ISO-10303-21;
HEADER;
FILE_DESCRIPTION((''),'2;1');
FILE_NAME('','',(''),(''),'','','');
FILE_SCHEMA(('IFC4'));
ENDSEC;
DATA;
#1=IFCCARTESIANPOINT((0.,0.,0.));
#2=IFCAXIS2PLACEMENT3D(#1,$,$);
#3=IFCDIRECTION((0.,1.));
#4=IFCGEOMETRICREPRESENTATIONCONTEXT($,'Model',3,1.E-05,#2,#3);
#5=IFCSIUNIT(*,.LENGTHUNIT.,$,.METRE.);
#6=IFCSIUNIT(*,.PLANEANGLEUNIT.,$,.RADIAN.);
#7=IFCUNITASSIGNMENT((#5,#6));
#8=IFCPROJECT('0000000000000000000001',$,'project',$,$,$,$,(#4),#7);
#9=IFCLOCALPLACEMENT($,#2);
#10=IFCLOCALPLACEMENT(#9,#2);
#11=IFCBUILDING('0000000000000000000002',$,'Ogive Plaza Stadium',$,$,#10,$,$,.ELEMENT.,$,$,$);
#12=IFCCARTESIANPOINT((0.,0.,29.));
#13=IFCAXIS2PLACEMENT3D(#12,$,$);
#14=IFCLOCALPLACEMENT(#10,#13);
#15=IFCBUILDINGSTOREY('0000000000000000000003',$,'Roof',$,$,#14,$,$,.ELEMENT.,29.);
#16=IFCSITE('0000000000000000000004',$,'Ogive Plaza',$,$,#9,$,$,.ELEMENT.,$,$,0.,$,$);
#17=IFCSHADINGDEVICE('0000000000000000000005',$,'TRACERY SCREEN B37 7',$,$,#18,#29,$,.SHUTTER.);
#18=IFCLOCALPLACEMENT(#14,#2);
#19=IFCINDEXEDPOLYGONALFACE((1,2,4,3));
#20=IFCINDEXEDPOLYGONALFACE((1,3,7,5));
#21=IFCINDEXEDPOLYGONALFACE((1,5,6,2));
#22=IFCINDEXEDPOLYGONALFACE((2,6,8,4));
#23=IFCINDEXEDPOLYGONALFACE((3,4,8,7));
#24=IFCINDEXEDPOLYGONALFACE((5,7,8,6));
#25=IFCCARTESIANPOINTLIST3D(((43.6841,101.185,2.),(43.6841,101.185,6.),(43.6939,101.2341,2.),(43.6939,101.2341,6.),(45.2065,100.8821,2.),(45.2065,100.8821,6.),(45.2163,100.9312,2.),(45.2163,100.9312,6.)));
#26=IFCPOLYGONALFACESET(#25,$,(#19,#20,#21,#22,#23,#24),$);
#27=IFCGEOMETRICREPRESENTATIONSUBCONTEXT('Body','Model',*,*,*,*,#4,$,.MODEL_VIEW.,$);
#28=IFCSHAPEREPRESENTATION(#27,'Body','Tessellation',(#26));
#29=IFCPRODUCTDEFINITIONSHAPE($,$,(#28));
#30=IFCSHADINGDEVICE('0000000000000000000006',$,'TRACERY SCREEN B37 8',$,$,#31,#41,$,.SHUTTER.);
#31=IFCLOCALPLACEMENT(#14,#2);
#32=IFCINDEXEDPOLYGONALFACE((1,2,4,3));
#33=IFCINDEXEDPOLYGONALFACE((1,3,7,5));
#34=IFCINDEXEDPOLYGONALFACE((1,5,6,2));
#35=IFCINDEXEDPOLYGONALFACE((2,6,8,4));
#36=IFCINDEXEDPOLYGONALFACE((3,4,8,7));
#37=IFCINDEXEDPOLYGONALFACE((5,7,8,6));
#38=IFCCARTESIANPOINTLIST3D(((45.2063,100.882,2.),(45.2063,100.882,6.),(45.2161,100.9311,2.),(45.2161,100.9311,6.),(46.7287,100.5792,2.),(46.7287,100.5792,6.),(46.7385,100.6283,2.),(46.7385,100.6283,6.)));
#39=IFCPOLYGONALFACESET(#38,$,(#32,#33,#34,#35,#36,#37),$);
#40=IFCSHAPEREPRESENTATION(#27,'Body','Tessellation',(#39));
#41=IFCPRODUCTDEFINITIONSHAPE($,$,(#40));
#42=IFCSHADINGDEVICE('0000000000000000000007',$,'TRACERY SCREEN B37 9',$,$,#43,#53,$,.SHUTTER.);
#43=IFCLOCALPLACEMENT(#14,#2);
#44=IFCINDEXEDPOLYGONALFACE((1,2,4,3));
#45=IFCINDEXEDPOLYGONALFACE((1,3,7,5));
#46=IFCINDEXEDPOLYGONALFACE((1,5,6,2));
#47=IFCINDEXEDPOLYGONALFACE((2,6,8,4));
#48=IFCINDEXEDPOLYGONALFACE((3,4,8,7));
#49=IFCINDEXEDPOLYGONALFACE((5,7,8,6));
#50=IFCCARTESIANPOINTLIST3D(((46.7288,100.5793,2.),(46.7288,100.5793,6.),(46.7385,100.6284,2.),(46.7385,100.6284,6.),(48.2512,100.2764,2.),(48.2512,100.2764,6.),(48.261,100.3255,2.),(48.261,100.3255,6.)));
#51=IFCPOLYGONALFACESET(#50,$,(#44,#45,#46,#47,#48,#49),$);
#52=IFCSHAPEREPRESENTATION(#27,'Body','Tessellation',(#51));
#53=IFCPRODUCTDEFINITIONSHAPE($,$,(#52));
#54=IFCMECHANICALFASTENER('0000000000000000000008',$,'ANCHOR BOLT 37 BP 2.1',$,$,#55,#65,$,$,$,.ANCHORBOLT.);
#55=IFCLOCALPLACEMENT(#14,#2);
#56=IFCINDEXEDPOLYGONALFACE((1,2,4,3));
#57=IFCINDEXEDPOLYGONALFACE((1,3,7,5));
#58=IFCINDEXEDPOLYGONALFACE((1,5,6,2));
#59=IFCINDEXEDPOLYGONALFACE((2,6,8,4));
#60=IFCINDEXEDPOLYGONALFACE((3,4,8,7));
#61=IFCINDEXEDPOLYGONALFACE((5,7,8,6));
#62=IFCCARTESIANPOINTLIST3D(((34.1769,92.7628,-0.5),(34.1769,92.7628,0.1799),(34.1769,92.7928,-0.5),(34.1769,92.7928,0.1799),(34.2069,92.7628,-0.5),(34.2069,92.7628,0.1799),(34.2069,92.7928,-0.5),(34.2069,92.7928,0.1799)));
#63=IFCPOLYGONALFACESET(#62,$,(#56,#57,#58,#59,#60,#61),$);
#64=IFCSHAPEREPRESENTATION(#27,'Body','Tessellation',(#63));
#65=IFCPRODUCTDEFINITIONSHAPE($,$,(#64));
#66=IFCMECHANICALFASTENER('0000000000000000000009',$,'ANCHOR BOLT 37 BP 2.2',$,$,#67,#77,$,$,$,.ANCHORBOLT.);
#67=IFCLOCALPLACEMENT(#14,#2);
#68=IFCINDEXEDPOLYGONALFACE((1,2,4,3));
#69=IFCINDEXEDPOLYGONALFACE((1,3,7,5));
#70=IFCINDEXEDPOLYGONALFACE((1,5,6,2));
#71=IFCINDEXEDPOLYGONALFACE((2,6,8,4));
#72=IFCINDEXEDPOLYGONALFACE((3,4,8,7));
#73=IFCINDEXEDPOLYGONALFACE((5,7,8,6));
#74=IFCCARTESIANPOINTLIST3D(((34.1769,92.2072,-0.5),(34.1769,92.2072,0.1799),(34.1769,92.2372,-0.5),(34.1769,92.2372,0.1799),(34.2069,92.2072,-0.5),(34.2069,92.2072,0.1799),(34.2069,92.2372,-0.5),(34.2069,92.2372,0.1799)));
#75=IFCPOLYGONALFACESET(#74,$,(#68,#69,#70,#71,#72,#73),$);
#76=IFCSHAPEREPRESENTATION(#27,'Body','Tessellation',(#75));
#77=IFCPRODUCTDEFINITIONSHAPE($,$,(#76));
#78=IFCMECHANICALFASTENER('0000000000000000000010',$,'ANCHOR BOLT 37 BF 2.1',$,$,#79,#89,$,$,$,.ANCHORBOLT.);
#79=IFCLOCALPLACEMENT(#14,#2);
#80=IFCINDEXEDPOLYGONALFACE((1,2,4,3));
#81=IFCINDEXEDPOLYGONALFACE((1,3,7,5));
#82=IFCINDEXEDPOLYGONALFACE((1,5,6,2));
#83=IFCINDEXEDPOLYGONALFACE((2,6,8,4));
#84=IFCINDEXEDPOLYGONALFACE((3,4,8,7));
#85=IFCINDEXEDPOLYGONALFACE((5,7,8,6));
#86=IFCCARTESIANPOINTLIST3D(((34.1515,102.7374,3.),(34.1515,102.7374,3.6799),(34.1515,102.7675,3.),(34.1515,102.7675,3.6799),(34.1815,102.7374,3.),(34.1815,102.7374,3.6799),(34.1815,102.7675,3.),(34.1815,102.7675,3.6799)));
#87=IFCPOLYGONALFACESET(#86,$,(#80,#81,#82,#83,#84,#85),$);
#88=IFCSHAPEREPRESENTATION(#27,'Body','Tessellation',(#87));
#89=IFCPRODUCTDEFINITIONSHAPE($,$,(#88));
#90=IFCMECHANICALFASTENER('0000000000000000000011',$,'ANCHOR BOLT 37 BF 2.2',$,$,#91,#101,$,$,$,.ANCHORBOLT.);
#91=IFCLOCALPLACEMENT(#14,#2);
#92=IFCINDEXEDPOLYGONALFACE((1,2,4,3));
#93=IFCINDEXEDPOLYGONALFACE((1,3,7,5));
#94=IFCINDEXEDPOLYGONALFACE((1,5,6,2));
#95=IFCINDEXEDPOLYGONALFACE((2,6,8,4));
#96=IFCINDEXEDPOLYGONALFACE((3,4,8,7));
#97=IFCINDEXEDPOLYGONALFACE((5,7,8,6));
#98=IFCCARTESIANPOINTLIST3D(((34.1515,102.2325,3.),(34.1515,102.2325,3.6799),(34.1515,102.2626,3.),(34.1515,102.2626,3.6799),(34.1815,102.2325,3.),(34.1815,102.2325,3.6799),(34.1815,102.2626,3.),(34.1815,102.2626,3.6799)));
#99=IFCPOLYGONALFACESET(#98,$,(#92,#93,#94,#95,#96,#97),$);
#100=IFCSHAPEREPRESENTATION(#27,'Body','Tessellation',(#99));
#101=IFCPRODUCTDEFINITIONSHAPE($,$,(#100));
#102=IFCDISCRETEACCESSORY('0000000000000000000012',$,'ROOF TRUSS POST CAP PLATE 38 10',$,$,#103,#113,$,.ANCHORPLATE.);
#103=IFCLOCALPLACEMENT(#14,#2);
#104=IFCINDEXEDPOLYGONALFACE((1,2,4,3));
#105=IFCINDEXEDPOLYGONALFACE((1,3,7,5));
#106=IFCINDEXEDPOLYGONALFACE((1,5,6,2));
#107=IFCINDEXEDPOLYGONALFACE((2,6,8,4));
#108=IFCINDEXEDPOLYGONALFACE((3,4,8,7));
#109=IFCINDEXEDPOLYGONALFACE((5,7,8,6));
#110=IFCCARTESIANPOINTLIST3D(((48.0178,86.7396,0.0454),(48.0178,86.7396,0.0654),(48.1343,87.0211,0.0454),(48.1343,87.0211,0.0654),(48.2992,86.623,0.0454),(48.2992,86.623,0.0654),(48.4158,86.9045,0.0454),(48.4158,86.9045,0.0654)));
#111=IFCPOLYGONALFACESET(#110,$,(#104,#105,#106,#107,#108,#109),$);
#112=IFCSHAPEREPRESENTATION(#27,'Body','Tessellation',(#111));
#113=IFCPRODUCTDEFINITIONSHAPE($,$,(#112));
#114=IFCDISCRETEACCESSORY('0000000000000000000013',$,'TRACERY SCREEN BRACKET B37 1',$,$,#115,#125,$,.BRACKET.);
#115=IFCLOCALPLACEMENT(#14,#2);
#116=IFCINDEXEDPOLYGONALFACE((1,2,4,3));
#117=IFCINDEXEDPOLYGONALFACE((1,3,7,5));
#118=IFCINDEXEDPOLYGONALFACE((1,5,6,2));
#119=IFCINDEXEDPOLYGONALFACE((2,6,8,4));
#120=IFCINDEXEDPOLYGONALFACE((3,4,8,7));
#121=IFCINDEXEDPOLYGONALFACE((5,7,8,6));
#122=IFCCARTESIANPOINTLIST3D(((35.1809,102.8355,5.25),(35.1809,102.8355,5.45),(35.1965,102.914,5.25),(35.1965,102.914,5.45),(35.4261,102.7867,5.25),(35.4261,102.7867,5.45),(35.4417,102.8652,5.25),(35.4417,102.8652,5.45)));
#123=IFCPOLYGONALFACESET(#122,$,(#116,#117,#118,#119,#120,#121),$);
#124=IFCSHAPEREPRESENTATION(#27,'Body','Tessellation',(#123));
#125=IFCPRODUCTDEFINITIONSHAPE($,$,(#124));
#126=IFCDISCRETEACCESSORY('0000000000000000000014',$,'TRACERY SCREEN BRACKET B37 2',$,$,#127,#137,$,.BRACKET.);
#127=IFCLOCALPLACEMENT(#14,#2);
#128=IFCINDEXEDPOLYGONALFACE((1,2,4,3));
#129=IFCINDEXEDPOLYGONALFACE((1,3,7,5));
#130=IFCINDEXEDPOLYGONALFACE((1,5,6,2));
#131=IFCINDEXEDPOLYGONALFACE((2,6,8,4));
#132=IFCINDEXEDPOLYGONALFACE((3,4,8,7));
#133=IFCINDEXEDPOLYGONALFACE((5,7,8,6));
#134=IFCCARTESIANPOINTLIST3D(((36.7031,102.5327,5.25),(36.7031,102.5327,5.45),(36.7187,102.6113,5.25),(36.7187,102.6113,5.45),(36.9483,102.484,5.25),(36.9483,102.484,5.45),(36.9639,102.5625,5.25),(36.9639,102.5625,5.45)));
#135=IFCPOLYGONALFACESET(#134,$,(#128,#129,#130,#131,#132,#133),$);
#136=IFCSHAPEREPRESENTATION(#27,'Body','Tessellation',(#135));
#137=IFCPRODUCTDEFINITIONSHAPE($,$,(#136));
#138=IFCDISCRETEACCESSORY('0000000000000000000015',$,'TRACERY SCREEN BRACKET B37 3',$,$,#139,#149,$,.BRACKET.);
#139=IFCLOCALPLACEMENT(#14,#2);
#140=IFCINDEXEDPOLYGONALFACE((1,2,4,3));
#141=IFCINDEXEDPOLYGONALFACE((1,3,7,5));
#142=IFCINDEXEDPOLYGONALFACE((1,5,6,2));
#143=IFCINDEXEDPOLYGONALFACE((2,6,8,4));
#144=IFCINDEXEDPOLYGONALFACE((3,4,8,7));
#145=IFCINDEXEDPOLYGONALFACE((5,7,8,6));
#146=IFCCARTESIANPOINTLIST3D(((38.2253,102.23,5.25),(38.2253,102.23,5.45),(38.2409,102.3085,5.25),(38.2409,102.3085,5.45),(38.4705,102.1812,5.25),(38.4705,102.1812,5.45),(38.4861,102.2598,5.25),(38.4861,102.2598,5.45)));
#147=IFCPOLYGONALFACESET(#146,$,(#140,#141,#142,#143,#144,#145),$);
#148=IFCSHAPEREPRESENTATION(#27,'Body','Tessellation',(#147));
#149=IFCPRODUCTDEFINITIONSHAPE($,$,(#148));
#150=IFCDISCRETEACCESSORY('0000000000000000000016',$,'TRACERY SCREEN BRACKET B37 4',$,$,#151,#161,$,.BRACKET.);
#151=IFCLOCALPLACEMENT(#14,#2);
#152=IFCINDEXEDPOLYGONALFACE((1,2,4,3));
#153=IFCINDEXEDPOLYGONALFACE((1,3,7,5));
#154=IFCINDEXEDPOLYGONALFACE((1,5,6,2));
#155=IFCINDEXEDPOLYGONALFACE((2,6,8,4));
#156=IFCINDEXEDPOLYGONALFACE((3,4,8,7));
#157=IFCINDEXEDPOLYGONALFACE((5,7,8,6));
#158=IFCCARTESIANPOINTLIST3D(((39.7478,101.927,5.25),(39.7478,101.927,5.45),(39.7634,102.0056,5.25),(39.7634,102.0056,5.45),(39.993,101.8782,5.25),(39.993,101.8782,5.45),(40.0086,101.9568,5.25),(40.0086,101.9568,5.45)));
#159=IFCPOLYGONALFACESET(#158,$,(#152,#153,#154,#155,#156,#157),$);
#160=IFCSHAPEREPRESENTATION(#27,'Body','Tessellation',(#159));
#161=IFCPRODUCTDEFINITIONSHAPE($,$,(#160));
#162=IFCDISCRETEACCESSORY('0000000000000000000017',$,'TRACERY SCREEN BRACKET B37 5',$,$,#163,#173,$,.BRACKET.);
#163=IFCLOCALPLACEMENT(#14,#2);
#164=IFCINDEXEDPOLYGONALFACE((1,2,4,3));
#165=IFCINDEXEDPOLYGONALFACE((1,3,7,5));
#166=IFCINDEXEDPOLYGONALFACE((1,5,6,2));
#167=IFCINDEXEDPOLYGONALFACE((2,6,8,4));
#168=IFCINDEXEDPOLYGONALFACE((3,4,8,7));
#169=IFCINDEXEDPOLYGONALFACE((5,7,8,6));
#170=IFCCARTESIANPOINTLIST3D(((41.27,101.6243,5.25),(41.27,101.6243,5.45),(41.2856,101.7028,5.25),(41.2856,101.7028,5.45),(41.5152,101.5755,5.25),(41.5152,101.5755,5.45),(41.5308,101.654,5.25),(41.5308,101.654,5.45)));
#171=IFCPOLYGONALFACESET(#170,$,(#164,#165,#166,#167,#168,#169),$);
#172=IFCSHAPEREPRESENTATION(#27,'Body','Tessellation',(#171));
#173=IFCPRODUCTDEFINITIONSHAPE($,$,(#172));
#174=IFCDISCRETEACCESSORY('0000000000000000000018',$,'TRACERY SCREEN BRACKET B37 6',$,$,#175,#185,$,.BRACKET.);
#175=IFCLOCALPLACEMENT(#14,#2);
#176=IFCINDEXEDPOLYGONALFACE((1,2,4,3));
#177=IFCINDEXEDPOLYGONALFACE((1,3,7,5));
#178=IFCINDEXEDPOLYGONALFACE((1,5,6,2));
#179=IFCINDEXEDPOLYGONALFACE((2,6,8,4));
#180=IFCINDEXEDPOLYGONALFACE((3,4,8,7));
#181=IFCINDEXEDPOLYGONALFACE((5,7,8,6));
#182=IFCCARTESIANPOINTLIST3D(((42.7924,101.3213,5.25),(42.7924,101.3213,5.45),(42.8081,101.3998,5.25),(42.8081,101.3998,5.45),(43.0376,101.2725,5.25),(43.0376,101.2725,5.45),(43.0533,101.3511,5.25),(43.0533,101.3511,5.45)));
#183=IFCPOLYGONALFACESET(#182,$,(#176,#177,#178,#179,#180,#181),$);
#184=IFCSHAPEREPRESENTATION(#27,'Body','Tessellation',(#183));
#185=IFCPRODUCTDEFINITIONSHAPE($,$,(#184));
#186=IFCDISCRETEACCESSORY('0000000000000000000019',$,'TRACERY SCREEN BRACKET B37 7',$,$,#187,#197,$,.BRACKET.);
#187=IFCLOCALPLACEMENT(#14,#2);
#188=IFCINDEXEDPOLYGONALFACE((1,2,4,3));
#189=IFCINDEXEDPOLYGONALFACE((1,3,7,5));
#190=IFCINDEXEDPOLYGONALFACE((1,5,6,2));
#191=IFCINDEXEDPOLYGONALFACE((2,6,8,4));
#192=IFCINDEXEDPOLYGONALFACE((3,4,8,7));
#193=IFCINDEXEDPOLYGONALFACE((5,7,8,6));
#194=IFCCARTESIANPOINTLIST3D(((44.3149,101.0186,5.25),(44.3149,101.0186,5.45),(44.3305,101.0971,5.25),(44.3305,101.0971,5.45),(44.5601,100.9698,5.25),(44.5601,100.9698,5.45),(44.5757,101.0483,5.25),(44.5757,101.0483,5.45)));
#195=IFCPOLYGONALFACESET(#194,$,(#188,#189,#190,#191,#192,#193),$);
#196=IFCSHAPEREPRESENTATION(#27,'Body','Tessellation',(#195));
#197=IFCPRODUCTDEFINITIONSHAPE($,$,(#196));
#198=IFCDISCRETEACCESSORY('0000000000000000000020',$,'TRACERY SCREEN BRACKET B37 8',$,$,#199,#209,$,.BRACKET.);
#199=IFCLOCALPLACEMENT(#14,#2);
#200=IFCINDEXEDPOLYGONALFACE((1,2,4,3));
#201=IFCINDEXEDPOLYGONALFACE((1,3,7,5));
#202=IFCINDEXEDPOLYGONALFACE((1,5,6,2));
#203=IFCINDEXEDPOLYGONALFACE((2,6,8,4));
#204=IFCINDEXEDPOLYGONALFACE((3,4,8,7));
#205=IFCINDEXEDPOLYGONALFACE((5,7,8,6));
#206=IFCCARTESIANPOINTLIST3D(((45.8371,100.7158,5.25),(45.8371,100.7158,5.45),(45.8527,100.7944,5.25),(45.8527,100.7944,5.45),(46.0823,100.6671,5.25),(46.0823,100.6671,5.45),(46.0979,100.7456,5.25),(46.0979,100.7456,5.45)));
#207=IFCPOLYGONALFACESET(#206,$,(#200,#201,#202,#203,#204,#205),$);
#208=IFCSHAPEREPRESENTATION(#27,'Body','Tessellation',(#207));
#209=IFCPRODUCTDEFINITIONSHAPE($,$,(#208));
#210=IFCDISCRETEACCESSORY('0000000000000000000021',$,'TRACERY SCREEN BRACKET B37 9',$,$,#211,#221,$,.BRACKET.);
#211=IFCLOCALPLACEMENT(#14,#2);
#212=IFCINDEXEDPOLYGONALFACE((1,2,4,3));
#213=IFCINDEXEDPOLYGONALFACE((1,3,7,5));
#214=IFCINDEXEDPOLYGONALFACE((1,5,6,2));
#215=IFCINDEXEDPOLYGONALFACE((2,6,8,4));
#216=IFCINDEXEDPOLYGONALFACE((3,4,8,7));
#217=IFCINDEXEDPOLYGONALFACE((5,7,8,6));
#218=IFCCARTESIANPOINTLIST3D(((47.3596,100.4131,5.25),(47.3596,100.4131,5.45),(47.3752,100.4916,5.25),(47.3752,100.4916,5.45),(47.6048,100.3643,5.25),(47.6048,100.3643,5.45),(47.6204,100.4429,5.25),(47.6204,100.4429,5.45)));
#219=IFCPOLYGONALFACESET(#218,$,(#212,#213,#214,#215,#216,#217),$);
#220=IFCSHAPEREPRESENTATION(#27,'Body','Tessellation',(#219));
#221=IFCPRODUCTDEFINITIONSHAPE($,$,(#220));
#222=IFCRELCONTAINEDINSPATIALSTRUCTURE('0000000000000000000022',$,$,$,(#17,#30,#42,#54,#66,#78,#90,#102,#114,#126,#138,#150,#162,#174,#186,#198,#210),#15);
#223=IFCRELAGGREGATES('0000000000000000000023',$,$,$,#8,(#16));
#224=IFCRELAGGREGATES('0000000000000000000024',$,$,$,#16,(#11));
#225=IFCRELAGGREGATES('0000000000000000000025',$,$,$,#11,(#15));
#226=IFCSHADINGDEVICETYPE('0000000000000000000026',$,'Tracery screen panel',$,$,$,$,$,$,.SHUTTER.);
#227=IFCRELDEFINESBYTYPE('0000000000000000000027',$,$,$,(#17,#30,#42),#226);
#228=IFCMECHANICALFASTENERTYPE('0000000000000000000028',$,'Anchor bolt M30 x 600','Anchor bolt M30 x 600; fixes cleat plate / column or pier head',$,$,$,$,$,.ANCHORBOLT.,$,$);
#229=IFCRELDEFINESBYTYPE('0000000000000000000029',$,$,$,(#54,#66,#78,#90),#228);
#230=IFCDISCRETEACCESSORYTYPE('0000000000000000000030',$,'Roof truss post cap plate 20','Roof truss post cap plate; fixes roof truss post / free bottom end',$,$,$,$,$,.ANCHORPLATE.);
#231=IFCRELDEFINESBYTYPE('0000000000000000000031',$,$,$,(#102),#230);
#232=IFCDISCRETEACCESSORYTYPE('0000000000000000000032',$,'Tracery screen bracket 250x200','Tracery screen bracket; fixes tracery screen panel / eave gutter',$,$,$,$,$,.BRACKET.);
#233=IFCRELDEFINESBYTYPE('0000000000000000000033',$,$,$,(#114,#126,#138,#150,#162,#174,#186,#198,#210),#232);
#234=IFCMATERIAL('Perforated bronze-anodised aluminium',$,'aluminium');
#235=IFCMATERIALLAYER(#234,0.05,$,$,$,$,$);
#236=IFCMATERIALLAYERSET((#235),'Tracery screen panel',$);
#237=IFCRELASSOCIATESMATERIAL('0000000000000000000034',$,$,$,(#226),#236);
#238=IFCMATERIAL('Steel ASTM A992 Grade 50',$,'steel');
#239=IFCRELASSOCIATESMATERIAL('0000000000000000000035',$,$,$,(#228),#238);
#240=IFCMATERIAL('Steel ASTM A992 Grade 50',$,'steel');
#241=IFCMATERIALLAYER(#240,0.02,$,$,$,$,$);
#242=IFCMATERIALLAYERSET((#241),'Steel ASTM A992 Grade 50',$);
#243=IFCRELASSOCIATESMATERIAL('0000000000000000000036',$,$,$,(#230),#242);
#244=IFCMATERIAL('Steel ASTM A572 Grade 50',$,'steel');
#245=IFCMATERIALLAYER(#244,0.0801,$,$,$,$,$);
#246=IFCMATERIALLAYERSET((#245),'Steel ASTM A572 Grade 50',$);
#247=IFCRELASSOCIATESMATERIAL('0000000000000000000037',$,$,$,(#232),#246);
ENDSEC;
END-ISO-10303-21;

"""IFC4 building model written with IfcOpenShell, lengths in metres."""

from ifc_helpers import new_model, si_unit, direction, frame, origin, origin_2d, place, context, subcontext, project, spatial, rectangle, extrude, material, layer, layer_set, type_object, element, save


model = new_model("IFC4")

# Units and contexts
model_context = context("Model", 3, precision=1e-05, world=origin(), true_north=direction((0.0, 1.0)))
body_context = subcontext(model_context, "Body", "Model", "MODEL_VIEW")
ifc_project = project(units=[si_unit("LENGTHUNIT", "METRE"), si_unit("PLANEANGLEUNIT", "RADIAN")], contexts=[model_context])

# Site, building, storey
site_placement = place(None, origin())
site = spatial("IfcSite", under=ifc_project, at=site_placement, Name="Ogive Plaza", CompositionType="ELEMENT", RefElevation=0.0)
building_placement = place(site_placement, origin())
building = spatial("IfcBuilding", under=site, at=building_placement, Name="Ogive Plaza Stadium", CompositionType="ELEMENT")
storey_placement = place(building_placement, frame((0.0, 0.0, 29.0)))
storey = spatial("IfcBuildingStorey", under=building, at=storey_placement, Name="Roof", CompositionType="ELEMENT", Elevation=29.0)

# Shading devices
ifc_material_1 = material(Name="Perforated bronze-anodised aluminium", Category="aluminium")
ifc_layer_1 = layer(ifc_material_1, 0.05)
ifc_layer_set_1 = layer_set([ifc_layer_1], Name="Tracery screen panel")
shading_device_type = type_object("IfcShadingDeviceType", Name="Tracery screen panel", PredefinedType="SHUTTER", material=ifc_layer_set_1)
for number, where, z_axis, x_axis, name in (
    (1, (44.4502, 101.0581, 2.0), (0.0, 0.0, 1.0), (0.980785, -0.19509, 0.0), "TRACERY SCREEN B37 7"),
    (2, (45.9724, 100.7551, 2.0), (0.0, 0.0, 1.0), (0.980785, -0.19509, 0.0), "TRACERY SCREEN B37 8"),
    (3, (47.4949, 100.4524, 2.0), (0.0, 0.0, 1.0), (0.980785, -0.19509, 0.0), "TRACERY SCREEN B37 9"),
):
    element("IfcShadingDevice", number, at=place(storey_placement, frame(where, z_axis=z_axis, x_axis=x_axis)), inside=storey, type_object=shading_device_type, Name=name, PredefinedType="SHUTTER", context=body_context, shape_type="SweptSolid", body=[
        extrude(rectangle(XDim=1.5522, YDim=0.05, at=origin_2d()), origin(), (0.0, 0.0, 1.0), 4.0),
    ])

# Mechanical fasteners
ifc_material_2 = material(Name="Steel ASTM A992 Grade 50", Category="steel")
mechanical_fastener_type = type_object("IfcMechanicalFastenerType", Name="Anchor bolt M30 x 600", Description="Anchor bolt M30 x 600; fixes cleat plate / column or pier head", PredefinedType="ANCHORBOLT", material=ifc_material_2)
for number, where, z_axis, x_axis, name in (
    (4, (34.1919, 92.7778, -0.5), (0.0, 0.0, 1.0), (0.0, 1.0, 0.0), "ANCHOR BOLT 37 BP 2.1"),
    (5, (34.1919, 92.2222, -0.5), (0.0, 0.0, 1.0), (0.0, 1.0, 0.0), "ANCHOR BOLT 37 BP 2.2"),
    (6, (34.1665, 102.7524, 3.0), (0.0, 0.0, 1.0), (0.0, 1.0, 0.0), "ANCHOR BOLT 37 BF 2.1"),
    (7, (34.1665, 102.2476, 3.0), (0.0, 0.0, 1.0), (0.0, 1.0, 0.0), "ANCHOR BOLT 37 BF 2.2"),
):
    element("IfcMechanicalFastener", number, at=place(storey_placement, frame(where, z_axis=z_axis, x_axis=x_axis)), inside=storey, type_object=mechanical_fastener_type, Name=name, PredefinedType="ANCHORBOLT", context=body_context, shape_type="SweptSolid", body=[
        extrude(rectangle(XDim=0.03, YDim=0.03, at=origin_2d()), origin(), (0.0, 0.0, 1.0), 0.6799),
    ])

# Discrete accessories
ifc_material_3 = material(Name="Steel ASTM A992 Grade 50", Category="steel")
ifc_layer_2 = layer(ifc_material_3, 0.02)
ifc_layer_set_2 = layer_set([ifc_layer_2], Name="Steel ASTM A992 Grade 50")
discrete_accessory_type_1 = type_object("IfcDiscreteAccessoryType", Name="Roof truss post cap plate 20", Description="Roof truss post cap plate; fixes roof truss post / free bottom end", PredefinedType="ANCHORPLATE", material=ifc_layer_set_2)
discrete_accessory_1_placement = place(storey_placement, frame((48.2168, 86.822, 0.0454), z_axis=(0.0, 0.0, 1.0), x_axis=(0.382683, 0.92388, 0.0)))
element("IfcDiscreteAccessory", 8, at=discrete_accessory_1_placement, inside=storey, type_object=discrete_accessory_type_1, Name="ROOF TRUSS POST CAP PLATE 38 10", PredefinedType="ANCHORPLATE", context=body_context, shape_type="SweptSolid", body=[
    extrude(rectangle(XDim=0.3047, YDim=0.3047, at=origin_2d()), origin(), (0.0, 0.0, 1.0), 0.02),
])
ifc_material_4 = material(Name="Steel ASTM A572 Grade 50", Category="steel")
ifc_layer_3 = layer(ifc_material_4, 0.0801)
ifc_layer_set_3 = layer_set([ifc_layer_3], Name="Steel ASTM A572 Grade 50")
discrete_accessory_type_2 = type_object("IfcDiscreteAccessoryType", Name="Tracery screen bracket 250x200", Description="Tracery screen bracket; fixes tracery screen panel / eave gutter", PredefinedType="BRACKET", material=ifc_layer_set_3)
for number, where, z_axis, x_axis, name in (
    (9, (35.3113, 102.8503, 5.25), (0.0, 0.0, 1.0), (0.980785, -0.19509, 0.0), "TRACERY SCREEN BRACKET B37 1"),
    (10, (36.8335, 102.5476, 5.25), (0.0, 0.0, 1.0), (0.980785, -0.19509, 0.0), "TRACERY SCREEN BRACKET B37 2"),
    (11, (38.3557, 102.2449, 5.25), (0.0, 0.0, 1.0), (0.980785, -0.19509, 0.0), "TRACERY SCREEN BRACKET B37 3"),
    (12, (39.8782, 101.9419, 5.25), (0.0, 0.0, 1.0), (0.980785, -0.19509, 0.0), "TRACERY SCREEN BRACKET B37 4"),
    (13, (41.4004, 101.6392, 5.25), (0.0, 0.0, 1.0), (0.980785, -0.19509, 0.0), "TRACERY SCREEN BRACKET B37 5"),
    (14, (42.9229, 101.3362, 5.25), (0.0, 0.0, 1.0), (0.980785, -0.19509, 0.0), "TRACERY SCREEN BRACKET B37 6"),
    (15, (44.4453, 101.0334, 5.25), (0.0, 0.0, 1.0), (0.980785, -0.19509, 0.0), "TRACERY SCREEN BRACKET B37 7"),
    (16, (45.9675, 100.7307, 5.25), (0.0, 0.0, 1.0), (0.980785, -0.19509, 0.0), "TRACERY SCREEN BRACKET B37 8"),
    (17, (47.49, 100.428, 5.25), (0.0, 0.0, 1.0), (0.980785, -0.19509, 0.0), "TRACERY SCREEN BRACKET B37 9"),
):
    element("IfcDiscreteAccessory", number, at=place(storey_placement, frame(where, z_axis=z_axis, x_axis=x_axis)), inside=storey, type_object=discrete_accessory_type_2, Name=name, PredefinedType="BRACKET", context=body_context, shape_type="SweptSolid", body=[
        extrude(rectangle(XDim=0.25, YDim=0.0801, at=origin_2d()), origin(), (0.0, 0.0, 1.0), 0.2),
    ])

save(model, "model.ifc")
